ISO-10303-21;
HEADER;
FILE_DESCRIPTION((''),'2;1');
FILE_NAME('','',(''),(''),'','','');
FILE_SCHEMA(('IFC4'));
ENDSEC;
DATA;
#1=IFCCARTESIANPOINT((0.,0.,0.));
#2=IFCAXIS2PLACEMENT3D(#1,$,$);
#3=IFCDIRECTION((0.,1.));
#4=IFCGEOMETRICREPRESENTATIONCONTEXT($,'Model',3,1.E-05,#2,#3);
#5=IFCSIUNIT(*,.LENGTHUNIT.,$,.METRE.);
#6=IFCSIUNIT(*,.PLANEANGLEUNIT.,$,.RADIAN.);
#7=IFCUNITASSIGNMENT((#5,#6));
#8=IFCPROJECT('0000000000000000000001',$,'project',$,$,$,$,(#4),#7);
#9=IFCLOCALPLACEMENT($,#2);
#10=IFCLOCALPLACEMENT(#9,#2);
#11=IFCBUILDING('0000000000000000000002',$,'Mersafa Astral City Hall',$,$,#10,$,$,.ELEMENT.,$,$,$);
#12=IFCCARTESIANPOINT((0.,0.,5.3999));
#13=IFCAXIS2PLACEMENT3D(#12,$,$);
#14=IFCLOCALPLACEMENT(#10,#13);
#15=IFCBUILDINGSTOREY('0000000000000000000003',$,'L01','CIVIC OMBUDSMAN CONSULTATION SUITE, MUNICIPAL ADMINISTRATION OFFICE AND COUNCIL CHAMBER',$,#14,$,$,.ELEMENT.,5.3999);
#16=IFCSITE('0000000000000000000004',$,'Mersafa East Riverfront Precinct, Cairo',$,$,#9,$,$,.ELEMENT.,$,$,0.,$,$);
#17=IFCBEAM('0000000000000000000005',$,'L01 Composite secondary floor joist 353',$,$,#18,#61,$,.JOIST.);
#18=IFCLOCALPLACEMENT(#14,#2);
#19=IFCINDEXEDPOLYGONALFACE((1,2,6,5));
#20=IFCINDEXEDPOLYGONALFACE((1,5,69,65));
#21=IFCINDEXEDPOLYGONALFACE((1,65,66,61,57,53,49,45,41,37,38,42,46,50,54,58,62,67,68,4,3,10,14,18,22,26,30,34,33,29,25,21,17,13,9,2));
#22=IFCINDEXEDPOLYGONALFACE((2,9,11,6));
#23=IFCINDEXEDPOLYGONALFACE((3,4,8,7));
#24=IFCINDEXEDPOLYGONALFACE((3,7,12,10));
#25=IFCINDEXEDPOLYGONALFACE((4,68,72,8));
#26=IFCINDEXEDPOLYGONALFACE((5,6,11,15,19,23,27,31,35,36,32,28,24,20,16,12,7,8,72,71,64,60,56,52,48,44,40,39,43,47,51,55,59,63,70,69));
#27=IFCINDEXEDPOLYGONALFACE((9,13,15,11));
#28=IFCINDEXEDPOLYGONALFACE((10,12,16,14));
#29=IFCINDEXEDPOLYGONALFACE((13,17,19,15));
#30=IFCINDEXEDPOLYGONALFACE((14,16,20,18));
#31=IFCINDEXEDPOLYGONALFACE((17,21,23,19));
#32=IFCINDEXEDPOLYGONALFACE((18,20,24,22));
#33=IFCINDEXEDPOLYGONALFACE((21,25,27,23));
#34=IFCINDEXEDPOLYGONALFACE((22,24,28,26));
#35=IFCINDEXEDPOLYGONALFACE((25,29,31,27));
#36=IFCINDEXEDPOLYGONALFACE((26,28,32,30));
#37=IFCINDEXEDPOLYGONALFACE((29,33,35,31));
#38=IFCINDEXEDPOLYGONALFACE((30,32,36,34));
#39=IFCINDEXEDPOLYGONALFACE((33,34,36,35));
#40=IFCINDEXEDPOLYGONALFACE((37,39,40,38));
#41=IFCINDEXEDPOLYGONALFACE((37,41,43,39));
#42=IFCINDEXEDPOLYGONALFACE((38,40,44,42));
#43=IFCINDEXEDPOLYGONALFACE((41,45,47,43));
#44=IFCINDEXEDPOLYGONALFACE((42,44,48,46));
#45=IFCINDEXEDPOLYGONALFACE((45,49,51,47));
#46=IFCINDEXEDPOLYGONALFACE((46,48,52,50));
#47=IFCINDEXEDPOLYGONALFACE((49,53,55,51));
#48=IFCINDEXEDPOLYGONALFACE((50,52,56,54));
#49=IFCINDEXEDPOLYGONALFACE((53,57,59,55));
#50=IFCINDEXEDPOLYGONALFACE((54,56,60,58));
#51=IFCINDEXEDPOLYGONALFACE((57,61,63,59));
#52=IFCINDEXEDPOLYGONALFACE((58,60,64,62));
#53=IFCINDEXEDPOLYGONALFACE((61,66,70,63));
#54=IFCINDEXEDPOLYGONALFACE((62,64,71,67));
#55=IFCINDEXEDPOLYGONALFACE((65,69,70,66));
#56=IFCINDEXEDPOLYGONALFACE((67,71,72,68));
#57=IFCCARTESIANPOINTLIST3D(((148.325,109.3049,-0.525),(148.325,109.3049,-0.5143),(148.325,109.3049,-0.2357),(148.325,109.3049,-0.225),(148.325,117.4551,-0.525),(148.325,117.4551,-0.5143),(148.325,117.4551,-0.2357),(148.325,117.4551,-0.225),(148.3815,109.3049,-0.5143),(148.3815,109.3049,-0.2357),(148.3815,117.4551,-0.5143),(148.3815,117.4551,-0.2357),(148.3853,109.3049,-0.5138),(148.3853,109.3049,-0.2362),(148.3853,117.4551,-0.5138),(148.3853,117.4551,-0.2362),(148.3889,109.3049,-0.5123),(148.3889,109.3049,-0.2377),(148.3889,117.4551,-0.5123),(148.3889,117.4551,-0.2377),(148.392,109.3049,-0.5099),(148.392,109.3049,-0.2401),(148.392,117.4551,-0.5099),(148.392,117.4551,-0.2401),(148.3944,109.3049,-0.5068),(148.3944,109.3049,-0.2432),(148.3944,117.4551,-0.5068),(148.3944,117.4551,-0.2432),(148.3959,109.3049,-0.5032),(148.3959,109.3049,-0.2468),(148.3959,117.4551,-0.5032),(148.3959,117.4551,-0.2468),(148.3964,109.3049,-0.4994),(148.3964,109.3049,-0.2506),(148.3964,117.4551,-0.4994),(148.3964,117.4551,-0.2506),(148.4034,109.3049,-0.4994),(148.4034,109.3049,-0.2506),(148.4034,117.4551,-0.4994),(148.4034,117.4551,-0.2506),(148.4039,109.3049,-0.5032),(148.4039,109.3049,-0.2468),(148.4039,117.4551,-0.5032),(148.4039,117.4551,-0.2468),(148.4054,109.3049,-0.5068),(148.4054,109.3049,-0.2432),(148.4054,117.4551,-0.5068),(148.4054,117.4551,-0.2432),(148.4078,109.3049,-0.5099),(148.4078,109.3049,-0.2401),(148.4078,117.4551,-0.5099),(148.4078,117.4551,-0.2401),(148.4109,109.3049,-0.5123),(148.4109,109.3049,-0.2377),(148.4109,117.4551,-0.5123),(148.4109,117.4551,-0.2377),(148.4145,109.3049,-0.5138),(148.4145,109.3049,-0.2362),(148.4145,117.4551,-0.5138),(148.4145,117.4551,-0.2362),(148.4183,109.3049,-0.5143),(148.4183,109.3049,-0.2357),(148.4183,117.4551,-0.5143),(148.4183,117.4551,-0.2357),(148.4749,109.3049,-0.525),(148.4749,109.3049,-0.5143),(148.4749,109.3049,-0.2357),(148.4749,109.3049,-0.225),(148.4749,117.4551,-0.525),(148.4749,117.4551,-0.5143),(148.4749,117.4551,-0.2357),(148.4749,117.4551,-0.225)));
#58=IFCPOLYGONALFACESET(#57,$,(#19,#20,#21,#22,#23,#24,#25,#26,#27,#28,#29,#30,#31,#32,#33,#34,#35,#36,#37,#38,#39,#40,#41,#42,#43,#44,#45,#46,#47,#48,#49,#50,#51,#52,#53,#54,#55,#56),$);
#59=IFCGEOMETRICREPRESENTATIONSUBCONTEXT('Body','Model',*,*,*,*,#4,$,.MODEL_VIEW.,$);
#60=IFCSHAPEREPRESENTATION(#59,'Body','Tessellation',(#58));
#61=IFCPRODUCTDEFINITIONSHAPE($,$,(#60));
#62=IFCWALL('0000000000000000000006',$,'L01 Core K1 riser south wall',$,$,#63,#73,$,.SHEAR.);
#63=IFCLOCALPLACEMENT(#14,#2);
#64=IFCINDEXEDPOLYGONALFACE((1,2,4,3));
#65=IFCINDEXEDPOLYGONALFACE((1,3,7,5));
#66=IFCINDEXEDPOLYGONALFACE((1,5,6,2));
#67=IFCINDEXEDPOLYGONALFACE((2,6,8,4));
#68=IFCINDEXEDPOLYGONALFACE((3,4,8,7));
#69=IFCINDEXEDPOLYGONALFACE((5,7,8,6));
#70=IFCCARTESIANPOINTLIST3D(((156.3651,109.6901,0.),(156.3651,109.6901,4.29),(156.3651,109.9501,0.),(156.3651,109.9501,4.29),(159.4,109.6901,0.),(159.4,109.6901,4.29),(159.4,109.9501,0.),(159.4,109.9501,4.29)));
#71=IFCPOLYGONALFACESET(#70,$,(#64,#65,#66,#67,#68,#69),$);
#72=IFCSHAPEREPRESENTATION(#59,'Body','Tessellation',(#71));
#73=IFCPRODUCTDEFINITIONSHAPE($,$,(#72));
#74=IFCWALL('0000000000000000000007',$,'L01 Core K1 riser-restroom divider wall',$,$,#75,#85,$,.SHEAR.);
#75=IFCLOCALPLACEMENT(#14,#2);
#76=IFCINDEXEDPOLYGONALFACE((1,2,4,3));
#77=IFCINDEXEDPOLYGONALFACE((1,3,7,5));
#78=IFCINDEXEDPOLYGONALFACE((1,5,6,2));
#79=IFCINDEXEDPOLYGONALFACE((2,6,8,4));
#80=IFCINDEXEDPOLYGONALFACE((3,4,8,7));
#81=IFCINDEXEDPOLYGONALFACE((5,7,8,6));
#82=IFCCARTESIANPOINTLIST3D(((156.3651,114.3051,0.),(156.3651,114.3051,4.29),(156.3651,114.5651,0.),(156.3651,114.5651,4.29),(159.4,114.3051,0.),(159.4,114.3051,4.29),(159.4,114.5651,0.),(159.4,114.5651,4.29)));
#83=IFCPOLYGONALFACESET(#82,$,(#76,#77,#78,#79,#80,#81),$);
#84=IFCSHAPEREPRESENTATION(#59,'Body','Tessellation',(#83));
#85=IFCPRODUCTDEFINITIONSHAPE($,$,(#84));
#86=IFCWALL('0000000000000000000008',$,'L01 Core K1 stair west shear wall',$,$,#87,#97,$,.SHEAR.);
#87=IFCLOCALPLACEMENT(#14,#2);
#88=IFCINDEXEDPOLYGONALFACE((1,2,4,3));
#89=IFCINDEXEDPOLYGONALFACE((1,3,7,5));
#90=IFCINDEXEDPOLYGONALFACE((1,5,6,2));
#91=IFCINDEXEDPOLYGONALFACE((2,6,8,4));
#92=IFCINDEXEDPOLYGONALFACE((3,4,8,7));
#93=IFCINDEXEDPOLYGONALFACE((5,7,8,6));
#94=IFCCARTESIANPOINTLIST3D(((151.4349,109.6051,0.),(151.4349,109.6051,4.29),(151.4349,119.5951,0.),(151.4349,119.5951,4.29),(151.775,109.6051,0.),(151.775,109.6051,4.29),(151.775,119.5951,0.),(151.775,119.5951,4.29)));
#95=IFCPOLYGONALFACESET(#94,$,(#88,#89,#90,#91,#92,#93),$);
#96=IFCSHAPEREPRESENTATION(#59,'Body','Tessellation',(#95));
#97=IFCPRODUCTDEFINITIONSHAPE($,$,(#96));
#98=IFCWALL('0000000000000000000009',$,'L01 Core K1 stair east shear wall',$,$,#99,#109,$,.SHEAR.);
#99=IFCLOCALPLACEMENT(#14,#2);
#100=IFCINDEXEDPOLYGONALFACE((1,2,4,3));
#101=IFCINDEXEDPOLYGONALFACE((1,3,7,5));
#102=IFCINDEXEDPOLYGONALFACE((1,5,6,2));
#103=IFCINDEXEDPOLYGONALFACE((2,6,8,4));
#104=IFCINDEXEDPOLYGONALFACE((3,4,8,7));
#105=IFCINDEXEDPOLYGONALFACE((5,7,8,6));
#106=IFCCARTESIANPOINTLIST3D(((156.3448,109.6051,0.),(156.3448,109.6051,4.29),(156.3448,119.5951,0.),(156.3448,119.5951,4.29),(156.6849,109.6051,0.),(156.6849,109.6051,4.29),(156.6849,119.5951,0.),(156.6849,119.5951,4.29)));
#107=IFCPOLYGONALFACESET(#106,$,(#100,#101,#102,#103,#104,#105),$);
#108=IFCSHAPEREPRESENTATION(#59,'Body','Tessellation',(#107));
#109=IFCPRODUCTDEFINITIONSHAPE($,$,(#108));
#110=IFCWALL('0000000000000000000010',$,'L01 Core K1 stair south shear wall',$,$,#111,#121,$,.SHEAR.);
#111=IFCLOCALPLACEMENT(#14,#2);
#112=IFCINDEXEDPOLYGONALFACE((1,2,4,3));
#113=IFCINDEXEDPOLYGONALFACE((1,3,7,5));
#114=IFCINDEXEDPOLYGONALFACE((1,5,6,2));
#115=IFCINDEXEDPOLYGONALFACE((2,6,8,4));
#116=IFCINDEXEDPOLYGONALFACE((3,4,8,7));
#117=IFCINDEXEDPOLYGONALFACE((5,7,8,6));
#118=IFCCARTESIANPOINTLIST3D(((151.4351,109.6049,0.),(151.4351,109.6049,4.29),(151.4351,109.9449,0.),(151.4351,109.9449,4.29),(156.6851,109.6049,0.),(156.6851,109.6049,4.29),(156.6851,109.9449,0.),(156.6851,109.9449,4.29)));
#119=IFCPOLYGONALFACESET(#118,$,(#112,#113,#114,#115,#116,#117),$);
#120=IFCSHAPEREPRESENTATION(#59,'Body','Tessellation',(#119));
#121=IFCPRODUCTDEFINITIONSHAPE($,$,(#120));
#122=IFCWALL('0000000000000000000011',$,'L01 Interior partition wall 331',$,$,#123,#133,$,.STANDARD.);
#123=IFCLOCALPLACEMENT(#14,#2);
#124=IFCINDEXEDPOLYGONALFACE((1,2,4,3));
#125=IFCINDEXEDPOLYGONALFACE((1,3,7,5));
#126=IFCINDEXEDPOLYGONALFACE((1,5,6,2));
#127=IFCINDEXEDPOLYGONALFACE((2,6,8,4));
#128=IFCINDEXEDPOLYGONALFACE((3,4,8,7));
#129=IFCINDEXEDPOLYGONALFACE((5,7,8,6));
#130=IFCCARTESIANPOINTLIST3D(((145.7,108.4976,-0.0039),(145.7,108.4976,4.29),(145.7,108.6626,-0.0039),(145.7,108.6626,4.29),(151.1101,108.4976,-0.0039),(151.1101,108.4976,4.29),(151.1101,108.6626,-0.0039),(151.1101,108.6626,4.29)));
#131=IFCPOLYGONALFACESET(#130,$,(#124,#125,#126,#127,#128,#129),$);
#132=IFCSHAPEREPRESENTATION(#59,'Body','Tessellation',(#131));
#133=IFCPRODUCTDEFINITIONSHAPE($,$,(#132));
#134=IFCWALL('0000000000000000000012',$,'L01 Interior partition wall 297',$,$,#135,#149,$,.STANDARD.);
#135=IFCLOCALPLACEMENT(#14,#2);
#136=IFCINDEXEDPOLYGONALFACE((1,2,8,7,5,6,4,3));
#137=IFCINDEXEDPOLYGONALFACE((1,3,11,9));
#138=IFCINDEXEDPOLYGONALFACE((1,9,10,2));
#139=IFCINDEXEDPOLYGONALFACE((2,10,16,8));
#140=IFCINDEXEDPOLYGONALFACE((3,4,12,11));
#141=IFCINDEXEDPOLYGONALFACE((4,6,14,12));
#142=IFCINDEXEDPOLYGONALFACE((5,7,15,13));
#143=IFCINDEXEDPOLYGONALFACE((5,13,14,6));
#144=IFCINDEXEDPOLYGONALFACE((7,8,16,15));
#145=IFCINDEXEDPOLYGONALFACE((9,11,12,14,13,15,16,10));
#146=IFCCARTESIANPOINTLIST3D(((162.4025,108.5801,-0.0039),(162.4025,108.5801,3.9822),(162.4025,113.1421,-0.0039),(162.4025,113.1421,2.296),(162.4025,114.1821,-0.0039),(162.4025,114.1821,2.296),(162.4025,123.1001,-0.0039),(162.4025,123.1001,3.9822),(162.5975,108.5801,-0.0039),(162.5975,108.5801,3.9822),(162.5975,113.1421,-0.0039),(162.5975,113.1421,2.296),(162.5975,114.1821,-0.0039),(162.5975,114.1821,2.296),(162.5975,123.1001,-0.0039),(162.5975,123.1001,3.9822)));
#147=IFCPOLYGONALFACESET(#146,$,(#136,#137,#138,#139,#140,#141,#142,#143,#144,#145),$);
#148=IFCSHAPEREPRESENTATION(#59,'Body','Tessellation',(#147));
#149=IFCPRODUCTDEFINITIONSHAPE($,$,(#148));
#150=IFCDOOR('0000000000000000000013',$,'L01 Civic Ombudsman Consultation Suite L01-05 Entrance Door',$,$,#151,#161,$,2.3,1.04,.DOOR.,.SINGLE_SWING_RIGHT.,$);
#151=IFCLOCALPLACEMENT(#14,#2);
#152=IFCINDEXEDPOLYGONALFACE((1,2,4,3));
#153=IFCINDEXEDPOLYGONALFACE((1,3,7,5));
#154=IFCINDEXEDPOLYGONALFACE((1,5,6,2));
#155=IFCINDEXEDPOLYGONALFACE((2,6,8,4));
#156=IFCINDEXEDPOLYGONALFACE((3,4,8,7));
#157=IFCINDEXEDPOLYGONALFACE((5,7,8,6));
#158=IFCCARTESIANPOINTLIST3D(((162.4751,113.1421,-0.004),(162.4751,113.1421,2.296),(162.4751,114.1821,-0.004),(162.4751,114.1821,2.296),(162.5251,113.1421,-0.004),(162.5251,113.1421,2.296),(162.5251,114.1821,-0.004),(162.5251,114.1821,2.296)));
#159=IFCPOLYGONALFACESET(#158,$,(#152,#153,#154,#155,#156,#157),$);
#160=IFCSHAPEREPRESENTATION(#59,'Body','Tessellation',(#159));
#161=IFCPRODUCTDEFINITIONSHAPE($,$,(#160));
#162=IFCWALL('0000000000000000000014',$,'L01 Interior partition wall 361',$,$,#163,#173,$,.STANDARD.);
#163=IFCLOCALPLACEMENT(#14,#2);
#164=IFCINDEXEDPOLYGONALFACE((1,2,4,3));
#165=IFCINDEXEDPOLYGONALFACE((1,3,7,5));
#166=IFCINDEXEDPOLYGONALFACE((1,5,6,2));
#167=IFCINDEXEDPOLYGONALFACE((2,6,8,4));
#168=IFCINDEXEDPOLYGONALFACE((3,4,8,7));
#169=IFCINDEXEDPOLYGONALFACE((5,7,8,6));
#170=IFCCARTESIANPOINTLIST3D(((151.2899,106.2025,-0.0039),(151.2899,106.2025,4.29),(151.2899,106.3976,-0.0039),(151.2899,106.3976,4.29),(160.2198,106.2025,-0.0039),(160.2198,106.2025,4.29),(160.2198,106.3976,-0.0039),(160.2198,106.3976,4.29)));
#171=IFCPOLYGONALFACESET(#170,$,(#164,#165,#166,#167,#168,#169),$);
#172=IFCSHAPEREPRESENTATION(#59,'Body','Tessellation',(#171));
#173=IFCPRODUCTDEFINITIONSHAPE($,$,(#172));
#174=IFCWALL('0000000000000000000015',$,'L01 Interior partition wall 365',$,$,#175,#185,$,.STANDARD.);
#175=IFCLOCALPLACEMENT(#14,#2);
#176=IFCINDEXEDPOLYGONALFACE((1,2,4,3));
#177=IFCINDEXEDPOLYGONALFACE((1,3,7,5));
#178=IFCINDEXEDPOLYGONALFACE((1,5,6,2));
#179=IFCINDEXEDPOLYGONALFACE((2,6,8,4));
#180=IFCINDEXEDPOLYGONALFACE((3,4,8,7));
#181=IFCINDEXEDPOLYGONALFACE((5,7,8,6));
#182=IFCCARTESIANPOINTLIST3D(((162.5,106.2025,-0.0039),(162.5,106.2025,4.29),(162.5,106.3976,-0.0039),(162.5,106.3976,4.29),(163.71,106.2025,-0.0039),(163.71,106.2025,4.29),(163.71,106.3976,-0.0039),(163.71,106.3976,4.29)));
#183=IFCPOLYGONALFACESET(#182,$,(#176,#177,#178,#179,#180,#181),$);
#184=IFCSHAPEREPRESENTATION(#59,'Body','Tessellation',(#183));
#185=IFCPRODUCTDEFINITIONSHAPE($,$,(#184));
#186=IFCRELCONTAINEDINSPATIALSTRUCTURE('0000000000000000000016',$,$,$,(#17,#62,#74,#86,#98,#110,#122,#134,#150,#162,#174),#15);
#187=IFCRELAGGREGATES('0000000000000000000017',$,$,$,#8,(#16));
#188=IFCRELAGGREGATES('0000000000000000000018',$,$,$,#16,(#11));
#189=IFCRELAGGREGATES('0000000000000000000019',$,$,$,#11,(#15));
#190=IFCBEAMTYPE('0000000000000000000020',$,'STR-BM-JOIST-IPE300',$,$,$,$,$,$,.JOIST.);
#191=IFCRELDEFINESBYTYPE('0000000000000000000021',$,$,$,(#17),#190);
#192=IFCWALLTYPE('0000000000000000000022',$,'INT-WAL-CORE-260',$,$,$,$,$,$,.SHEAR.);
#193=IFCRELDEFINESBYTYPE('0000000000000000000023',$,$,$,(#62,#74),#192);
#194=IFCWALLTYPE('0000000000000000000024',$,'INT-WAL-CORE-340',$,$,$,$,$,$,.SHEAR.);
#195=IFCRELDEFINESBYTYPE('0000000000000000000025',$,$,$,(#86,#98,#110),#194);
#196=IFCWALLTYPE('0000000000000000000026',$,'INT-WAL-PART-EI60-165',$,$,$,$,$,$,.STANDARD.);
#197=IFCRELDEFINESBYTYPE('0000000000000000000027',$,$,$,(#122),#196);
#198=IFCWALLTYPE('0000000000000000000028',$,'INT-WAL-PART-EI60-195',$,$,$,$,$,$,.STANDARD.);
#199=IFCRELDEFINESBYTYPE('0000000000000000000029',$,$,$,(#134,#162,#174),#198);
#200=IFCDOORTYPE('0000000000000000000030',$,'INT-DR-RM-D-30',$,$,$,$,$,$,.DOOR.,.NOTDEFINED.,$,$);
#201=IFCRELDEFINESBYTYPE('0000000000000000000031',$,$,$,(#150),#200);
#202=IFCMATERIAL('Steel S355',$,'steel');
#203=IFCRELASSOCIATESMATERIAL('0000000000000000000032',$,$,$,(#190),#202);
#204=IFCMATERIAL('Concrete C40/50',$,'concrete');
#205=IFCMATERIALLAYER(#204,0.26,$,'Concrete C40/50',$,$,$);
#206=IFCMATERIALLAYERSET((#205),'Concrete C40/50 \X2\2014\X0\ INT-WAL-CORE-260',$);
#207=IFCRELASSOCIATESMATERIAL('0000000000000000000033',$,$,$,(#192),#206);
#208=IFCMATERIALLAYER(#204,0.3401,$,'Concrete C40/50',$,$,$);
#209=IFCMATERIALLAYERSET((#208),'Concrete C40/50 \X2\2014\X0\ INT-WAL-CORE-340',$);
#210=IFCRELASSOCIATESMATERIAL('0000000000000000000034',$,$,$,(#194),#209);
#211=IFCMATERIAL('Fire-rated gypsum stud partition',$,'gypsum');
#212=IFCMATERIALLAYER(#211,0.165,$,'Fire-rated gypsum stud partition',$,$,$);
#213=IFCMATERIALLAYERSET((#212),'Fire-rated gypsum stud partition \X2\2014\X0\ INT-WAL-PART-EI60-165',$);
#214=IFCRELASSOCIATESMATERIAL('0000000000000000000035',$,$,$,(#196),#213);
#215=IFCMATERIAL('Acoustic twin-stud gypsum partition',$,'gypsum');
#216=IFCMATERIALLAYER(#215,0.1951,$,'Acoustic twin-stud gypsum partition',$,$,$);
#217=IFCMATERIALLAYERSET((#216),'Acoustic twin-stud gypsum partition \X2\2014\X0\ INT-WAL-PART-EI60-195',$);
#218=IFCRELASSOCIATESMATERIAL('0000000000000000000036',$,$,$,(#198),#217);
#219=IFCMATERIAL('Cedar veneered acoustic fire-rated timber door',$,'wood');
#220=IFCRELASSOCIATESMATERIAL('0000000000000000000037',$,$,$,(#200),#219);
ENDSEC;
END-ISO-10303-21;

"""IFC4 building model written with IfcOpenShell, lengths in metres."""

from ifc_helpers import new_model, si_unit, direction, frame, frame_2d, origin, origin_2d, place, context, subcontext, project, spatial, rectangle, i_section, extrude, material, layer, layer_set, material_profile, profile_set, type_object, element, fill, save


model = new_model("IFC4")

# Units and contexts
model_context = context("Model", 3, precision=1e-05, world=origin(), true_north=direction((0.0, 1.0)))
body_context = subcontext(model_context, "Body", "Model", "MODEL_VIEW")
ifc_project = project(units=[si_unit("LENGTHUNIT", "METRE"), si_unit("PLANEANGLEUNIT", "RADIAN")], contexts=[model_context])

# Site, building, storey
site_placement = place(None, origin())
site = spatial("IfcSite", under=ifc_project, at=site_placement, Name="Mersafa East Riverfront Precinct, Cairo", CompositionType="ELEMENT", RefElevation=0.0)
building_placement = place(site_placement, origin())
building = spatial("IfcBuilding", under=site, at=building_placement, Name="Mersafa Astral City Hall", CompositionType="ELEMENT")
storey_placement = place(building_placement, frame((0.0, 0.0, 5.3999)))
storey = spatial("IfcBuildingStorey", under=building, at=storey_placement, Name="L01", Description="CIVIC OMBUDSMAN CONSULTATION SUITE, MUNICIPAL ADMINISTRATION OFFICE AND COUNCIL CHAMBER", CompositionType="ELEMENT", Elevation=5.3999)

# Shared definitions
ifc_material_1 = material(Name="Steel S355", Category="steel")

# Beam
ifc_material_profile_1 = material_profile(ifc_material_1, i_section(OverallWidth=0.1499, OverallDepth=0.3, WebThickness=0.0071, FlangeThickness=0.0107, FilletRadius=0.0149, at=origin_2d()), Name="IPE 300")
ifc_profile_set_1 = profile_set([ifc_material_profile_1], Name="Steel S355")
beam_type_1 = type_object("IfcBeamType", Name="STR-BM-JOIST-IPE300", PredefinedType="JOIST", material=ifc_profile_set_1)
beam_1_placement = place(storey_placement, frame((148.3999, 109.3049, -0.375), z_axis=(0.0, 1.0, 0.0), x_axis=(-1.0, 0.0, 0.0)))
element("IfcBeam", 1, at=beam_1_placement, inside=storey, type_object=beam_type_1, Name="L01 Composite secondary floor joist 353", PredefinedType="JOIST", context=body_context, shape_type="SweptSolid", body=[
    extrude(i_section(OverallWidth=0.1499, OverallDepth=0.3, WebThickness=0.0071, FlangeThickness=0.0107, FilletRadius=0.0149, at=origin_2d()), origin(), (0.0, 0.0, 1.0), 8.1501),
])

# Walls
ifc_material_2 = material(Name="Concrete C40/50", Category="concrete")
ifc_layer_1 = layer(ifc_material_2, 0.26, Name="Concrete C40/50")
ifc_layer_set_1 = layer_set([ifc_layer_1], Name="Concrete C40/50 — INT-WAL-CORE-260")
wall_type_1 = type_object("IfcWallType", Name="INT-WAL-CORE-260", PredefinedType="SHEAR", material=ifc_layer_set_1)
for number, where, z_axis, x_axis, name in (
    (2, (156.365, 109.8201, 0.0), (0.0, 0.0, 1.0), (1.0, 0.0, 0.0), "L01 Core K1 riser south wall"),
    (3, (156.365, 114.4351, 0.0), (0.0, 0.0, 1.0), (1.0, 0.0, 0.0), "L01 Core K1 riser-restroom divider wall"),
):
    element("IfcWall", number, at=place(storey_placement, frame(where, z_axis=z_axis, x_axis=x_axis)), inside=storey, type_object=wall_type_1, Name=name, PredefinedType="SHEAR", context=body_context, shape_type="SweptSolid", body=[
        extrude(rectangle(XDim=3.0349, YDim=0.26, at=frame_2d((1.5176, 0.0))), origin(), (0.0, 0.0, 1.0), 4.29),
    ])
ifc_layer_2 = layer(ifc_material_2, 0.3401, Name="Concrete C40/50")
ifc_layer_set_2 = layer_set([ifc_layer_2], Name="Concrete C40/50 — INT-WAL-CORE-340")
wall_type_2 = type_object("IfcWallType", Name="INT-WAL-CORE-340", PredefinedType="SHEAR", material=ifc_layer_set_2)
for number, where, z_axis, x_axis, name in (
    (4, (151.605, 109.605, 0.0), (0.0, 0.0, 1.0), (0.0, 1.0, 0.0), "L01 Core K1 stair west shear wall"),
    (5, (156.5149, 109.605, 0.0), (0.0, 0.0, 1.0), (0.0, 1.0, 0.0), "L01 Core K1 stair east shear wall"),
):
    element("IfcWall", number, at=place(storey_placement, frame(where, z_axis=z_axis, x_axis=x_axis)), inside=storey, type_object=wall_type_2, Name=name, PredefinedType="SHEAR", context=body_context, shape_type="SweptSolid", body=[
        extrude(rectangle(XDim=9.99, YDim=0.3401, at=frame_2d((4.9951, 0.0))), origin(), (0.0, 0.0, 1.0), 4.29),
    ])
wall_1_placement = place(storey_placement, frame((151.4351, 109.7749, 0.0), z_axis=(0.0, 0.0, 1.0), x_axis=(1.0, 0.0, 0.0)))
element("IfcWall", 6, at=wall_1_placement, inside=storey, type_object=wall_type_2, Name="L01 Core K1 stair south shear wall", PredefinedType="SHEAR", context=body_context, shape_type="SweptSolid", body=[
    extrude(rectangle(XDim=5.25, YDim=0.3401, at=frame_2d((2.625, 0.0))), origin(), (0.0, 0.0, 1.0), 4.29),
])
ifc_material_3 = material(Name="Fire-rated gypsum stud partition", Category="gypsum")
ifc_layer_3 = layer(ifc_material_3, 0.165, Name="Fire-rated gypsum stud partition")
ifc_layer_set_3 = layer_set([ifc_layer_3], Name="Fire-rated gypsum stud partition — INT-WAL-PART-EI60-165")
wall_type_3 = type_object("IfcWallType", Name="INT-WAL-PART-EI60-165", PredefinedType="STANDARD", material=ifc_layer_set_3)
wall_2_placement = place(storey_placement, frame((151.1101, 108.5801, -0.0039), z_axis=(0.0, 0.0, 1.0), x_axis=(-1.0, 0.0, 0.0)))
element("IfcWall", 7, at=wall_2_placement, inside=storey, type_object=wall_type_3, Name="L01 Interior partition wall 331", PredefinedType="STANDARD", context=body_context, shape_type="SweptSolid", body=[
    extrude(rectangle(XDim=5.4102, YDim=0.165, at=frame_2d((2.7051, 0.0))), origin(), (0.0, 0.0, 1.0), 4.2939),
])
ifc_material_4 = material(Name="Acoustic twin-stud gypsum partition", Category="gypsum")

# Wall, opening, door
ifc_layer_4 = layer(ifc_material_4, 0.1951, Name="Acoustic twin-stud gypsum partition")
ifc_layer_set_4 = layer_set([ifc_layer_4], Name="Acoustic twin-stud gypsum partition — INT-WAL-PART-EI60-195")
wall_type_4 = type_object("IfcWallType", Name="INT-WAL-PART-EI60-195", PredefinedType="STANDARD", material=ifc_layer_set_4)
wall_3_placement = place(storey_placement, frame((162.5, 108.5801, -0.0039), z_axis=(0.0, 0.0, 1.0), x_axis=(0.0, 1.0, 0.0)))
wall_3 = element("IfcWall", 8, at=wall_3_placement, inside=storey, type_object=wall_type_4, Name="L01 Interior partition wall 297", PredefinedType="STANDARD", context=body_context, shape_type="SweptSolid", body=[
    extrude(rectangle(XDim=14.52, YDim=0.1951, at=frame_2d((7.26, 0.0))), origin(), (0.0, 0.0, 1.0), 3.9861),
])
opening_1_placement = place(wall_3_placement, frame((4.562, 0.0, 0.0)))
opening_1 = element("IfcOpeningElement", 9, at=opening_1_placement, cuts=wall_3, PredefinedType="OPENING", context=body_context, shape_type="SweptSolid", body=[
    extrude(rectangle(XDim=1.04, YDim=2.3, at=frame_2d((0.52, 1.1499))), frame((0.0, 0.1074, 0.0), z_axis=(0.0, -1.0, 0.0), x_axis=(1.0, 0.0, 0.0)), (0.0, 0.0, 1.0), 0.2151),
])
ifc_material_5 = material(Name="Cedar veneered acoustic fire-rated timber door", Category="wood")
door_type_1 = type_object("IfcDoorType", Name="INT-DR-RM-D-30", OperationType="NOTDEFINED", PredefinedType="DOOR", material=ifc_material_5)
door_1_placement = place(opening_1_placement, origin())
door_1 = element("IfcDoor", 10, at=door_1_placement, inside=storey, type_object=door_type_1, Name="L01 Civic Ombudsman Consultation Suite L01-05 Entrance Door", OperationType="SINGLE_SWING_RIGHT", OverallHeight=2.3, OverallWidth=1.04, PredefinedType="DOOR", context=body_context, shape_type="SweptSolid", body=[
    extrude(rectangle(XDim=1.04, YDim=2.3, at=frame_2d((0.52, 1.1499))), frame((0.0, 0.0249, 0.0), z_axis=(0.0, -1.0, 0.0), x_axis=(1.0, 0.0, 0.0)), (0.0, 0.0, 1.0), 0.05),
])
fill(opening_1, door_1)

# Walls
wall_4_placement = place(storey_placement, frame((151.29, 106.3, -0.0039), z_axis=(0.0, 0.0, 1.0), x_axis=(1.0, 0.0, 0.0)))
element("IfcWall", 11, at=wall_4_placement, inside=storey, type_object=wall_type_4, Name="L01 Interior partition wall 361", PredefinedType="STANDARD", context=body_context, shape_type="SweptSolid", body=[
    extrude(rectangle(XDim=8.9299, YDim=0.1951, at=frame_2d((4.4648, 0.0))), origin(), (0.0, 0.0, 1.0), 4.2939),
])
wall_5_placement = place(storey_placement, frame((162.5, 106.3, -0.0039), z_axis=(0.0, 0.0, 1.0), x_axis=(1.0, 0.0, 0.0)))
element("IfcWall", 12, at=wall_5_placement, inside=storey, type_object=wall_type_4, Name="L01 Interior partition wall 365", PredefinedType="STANDARD", context=body_context, shape_type="SweptSolid", body=[
    extrude(rectangle(XDim=1.21, YDim=0.1951, at=frame_2d((0.605, 0.0))), origin(), (0.0, 0.0, 1.0), 4.2939),
])

save(model, "model.ifc")
